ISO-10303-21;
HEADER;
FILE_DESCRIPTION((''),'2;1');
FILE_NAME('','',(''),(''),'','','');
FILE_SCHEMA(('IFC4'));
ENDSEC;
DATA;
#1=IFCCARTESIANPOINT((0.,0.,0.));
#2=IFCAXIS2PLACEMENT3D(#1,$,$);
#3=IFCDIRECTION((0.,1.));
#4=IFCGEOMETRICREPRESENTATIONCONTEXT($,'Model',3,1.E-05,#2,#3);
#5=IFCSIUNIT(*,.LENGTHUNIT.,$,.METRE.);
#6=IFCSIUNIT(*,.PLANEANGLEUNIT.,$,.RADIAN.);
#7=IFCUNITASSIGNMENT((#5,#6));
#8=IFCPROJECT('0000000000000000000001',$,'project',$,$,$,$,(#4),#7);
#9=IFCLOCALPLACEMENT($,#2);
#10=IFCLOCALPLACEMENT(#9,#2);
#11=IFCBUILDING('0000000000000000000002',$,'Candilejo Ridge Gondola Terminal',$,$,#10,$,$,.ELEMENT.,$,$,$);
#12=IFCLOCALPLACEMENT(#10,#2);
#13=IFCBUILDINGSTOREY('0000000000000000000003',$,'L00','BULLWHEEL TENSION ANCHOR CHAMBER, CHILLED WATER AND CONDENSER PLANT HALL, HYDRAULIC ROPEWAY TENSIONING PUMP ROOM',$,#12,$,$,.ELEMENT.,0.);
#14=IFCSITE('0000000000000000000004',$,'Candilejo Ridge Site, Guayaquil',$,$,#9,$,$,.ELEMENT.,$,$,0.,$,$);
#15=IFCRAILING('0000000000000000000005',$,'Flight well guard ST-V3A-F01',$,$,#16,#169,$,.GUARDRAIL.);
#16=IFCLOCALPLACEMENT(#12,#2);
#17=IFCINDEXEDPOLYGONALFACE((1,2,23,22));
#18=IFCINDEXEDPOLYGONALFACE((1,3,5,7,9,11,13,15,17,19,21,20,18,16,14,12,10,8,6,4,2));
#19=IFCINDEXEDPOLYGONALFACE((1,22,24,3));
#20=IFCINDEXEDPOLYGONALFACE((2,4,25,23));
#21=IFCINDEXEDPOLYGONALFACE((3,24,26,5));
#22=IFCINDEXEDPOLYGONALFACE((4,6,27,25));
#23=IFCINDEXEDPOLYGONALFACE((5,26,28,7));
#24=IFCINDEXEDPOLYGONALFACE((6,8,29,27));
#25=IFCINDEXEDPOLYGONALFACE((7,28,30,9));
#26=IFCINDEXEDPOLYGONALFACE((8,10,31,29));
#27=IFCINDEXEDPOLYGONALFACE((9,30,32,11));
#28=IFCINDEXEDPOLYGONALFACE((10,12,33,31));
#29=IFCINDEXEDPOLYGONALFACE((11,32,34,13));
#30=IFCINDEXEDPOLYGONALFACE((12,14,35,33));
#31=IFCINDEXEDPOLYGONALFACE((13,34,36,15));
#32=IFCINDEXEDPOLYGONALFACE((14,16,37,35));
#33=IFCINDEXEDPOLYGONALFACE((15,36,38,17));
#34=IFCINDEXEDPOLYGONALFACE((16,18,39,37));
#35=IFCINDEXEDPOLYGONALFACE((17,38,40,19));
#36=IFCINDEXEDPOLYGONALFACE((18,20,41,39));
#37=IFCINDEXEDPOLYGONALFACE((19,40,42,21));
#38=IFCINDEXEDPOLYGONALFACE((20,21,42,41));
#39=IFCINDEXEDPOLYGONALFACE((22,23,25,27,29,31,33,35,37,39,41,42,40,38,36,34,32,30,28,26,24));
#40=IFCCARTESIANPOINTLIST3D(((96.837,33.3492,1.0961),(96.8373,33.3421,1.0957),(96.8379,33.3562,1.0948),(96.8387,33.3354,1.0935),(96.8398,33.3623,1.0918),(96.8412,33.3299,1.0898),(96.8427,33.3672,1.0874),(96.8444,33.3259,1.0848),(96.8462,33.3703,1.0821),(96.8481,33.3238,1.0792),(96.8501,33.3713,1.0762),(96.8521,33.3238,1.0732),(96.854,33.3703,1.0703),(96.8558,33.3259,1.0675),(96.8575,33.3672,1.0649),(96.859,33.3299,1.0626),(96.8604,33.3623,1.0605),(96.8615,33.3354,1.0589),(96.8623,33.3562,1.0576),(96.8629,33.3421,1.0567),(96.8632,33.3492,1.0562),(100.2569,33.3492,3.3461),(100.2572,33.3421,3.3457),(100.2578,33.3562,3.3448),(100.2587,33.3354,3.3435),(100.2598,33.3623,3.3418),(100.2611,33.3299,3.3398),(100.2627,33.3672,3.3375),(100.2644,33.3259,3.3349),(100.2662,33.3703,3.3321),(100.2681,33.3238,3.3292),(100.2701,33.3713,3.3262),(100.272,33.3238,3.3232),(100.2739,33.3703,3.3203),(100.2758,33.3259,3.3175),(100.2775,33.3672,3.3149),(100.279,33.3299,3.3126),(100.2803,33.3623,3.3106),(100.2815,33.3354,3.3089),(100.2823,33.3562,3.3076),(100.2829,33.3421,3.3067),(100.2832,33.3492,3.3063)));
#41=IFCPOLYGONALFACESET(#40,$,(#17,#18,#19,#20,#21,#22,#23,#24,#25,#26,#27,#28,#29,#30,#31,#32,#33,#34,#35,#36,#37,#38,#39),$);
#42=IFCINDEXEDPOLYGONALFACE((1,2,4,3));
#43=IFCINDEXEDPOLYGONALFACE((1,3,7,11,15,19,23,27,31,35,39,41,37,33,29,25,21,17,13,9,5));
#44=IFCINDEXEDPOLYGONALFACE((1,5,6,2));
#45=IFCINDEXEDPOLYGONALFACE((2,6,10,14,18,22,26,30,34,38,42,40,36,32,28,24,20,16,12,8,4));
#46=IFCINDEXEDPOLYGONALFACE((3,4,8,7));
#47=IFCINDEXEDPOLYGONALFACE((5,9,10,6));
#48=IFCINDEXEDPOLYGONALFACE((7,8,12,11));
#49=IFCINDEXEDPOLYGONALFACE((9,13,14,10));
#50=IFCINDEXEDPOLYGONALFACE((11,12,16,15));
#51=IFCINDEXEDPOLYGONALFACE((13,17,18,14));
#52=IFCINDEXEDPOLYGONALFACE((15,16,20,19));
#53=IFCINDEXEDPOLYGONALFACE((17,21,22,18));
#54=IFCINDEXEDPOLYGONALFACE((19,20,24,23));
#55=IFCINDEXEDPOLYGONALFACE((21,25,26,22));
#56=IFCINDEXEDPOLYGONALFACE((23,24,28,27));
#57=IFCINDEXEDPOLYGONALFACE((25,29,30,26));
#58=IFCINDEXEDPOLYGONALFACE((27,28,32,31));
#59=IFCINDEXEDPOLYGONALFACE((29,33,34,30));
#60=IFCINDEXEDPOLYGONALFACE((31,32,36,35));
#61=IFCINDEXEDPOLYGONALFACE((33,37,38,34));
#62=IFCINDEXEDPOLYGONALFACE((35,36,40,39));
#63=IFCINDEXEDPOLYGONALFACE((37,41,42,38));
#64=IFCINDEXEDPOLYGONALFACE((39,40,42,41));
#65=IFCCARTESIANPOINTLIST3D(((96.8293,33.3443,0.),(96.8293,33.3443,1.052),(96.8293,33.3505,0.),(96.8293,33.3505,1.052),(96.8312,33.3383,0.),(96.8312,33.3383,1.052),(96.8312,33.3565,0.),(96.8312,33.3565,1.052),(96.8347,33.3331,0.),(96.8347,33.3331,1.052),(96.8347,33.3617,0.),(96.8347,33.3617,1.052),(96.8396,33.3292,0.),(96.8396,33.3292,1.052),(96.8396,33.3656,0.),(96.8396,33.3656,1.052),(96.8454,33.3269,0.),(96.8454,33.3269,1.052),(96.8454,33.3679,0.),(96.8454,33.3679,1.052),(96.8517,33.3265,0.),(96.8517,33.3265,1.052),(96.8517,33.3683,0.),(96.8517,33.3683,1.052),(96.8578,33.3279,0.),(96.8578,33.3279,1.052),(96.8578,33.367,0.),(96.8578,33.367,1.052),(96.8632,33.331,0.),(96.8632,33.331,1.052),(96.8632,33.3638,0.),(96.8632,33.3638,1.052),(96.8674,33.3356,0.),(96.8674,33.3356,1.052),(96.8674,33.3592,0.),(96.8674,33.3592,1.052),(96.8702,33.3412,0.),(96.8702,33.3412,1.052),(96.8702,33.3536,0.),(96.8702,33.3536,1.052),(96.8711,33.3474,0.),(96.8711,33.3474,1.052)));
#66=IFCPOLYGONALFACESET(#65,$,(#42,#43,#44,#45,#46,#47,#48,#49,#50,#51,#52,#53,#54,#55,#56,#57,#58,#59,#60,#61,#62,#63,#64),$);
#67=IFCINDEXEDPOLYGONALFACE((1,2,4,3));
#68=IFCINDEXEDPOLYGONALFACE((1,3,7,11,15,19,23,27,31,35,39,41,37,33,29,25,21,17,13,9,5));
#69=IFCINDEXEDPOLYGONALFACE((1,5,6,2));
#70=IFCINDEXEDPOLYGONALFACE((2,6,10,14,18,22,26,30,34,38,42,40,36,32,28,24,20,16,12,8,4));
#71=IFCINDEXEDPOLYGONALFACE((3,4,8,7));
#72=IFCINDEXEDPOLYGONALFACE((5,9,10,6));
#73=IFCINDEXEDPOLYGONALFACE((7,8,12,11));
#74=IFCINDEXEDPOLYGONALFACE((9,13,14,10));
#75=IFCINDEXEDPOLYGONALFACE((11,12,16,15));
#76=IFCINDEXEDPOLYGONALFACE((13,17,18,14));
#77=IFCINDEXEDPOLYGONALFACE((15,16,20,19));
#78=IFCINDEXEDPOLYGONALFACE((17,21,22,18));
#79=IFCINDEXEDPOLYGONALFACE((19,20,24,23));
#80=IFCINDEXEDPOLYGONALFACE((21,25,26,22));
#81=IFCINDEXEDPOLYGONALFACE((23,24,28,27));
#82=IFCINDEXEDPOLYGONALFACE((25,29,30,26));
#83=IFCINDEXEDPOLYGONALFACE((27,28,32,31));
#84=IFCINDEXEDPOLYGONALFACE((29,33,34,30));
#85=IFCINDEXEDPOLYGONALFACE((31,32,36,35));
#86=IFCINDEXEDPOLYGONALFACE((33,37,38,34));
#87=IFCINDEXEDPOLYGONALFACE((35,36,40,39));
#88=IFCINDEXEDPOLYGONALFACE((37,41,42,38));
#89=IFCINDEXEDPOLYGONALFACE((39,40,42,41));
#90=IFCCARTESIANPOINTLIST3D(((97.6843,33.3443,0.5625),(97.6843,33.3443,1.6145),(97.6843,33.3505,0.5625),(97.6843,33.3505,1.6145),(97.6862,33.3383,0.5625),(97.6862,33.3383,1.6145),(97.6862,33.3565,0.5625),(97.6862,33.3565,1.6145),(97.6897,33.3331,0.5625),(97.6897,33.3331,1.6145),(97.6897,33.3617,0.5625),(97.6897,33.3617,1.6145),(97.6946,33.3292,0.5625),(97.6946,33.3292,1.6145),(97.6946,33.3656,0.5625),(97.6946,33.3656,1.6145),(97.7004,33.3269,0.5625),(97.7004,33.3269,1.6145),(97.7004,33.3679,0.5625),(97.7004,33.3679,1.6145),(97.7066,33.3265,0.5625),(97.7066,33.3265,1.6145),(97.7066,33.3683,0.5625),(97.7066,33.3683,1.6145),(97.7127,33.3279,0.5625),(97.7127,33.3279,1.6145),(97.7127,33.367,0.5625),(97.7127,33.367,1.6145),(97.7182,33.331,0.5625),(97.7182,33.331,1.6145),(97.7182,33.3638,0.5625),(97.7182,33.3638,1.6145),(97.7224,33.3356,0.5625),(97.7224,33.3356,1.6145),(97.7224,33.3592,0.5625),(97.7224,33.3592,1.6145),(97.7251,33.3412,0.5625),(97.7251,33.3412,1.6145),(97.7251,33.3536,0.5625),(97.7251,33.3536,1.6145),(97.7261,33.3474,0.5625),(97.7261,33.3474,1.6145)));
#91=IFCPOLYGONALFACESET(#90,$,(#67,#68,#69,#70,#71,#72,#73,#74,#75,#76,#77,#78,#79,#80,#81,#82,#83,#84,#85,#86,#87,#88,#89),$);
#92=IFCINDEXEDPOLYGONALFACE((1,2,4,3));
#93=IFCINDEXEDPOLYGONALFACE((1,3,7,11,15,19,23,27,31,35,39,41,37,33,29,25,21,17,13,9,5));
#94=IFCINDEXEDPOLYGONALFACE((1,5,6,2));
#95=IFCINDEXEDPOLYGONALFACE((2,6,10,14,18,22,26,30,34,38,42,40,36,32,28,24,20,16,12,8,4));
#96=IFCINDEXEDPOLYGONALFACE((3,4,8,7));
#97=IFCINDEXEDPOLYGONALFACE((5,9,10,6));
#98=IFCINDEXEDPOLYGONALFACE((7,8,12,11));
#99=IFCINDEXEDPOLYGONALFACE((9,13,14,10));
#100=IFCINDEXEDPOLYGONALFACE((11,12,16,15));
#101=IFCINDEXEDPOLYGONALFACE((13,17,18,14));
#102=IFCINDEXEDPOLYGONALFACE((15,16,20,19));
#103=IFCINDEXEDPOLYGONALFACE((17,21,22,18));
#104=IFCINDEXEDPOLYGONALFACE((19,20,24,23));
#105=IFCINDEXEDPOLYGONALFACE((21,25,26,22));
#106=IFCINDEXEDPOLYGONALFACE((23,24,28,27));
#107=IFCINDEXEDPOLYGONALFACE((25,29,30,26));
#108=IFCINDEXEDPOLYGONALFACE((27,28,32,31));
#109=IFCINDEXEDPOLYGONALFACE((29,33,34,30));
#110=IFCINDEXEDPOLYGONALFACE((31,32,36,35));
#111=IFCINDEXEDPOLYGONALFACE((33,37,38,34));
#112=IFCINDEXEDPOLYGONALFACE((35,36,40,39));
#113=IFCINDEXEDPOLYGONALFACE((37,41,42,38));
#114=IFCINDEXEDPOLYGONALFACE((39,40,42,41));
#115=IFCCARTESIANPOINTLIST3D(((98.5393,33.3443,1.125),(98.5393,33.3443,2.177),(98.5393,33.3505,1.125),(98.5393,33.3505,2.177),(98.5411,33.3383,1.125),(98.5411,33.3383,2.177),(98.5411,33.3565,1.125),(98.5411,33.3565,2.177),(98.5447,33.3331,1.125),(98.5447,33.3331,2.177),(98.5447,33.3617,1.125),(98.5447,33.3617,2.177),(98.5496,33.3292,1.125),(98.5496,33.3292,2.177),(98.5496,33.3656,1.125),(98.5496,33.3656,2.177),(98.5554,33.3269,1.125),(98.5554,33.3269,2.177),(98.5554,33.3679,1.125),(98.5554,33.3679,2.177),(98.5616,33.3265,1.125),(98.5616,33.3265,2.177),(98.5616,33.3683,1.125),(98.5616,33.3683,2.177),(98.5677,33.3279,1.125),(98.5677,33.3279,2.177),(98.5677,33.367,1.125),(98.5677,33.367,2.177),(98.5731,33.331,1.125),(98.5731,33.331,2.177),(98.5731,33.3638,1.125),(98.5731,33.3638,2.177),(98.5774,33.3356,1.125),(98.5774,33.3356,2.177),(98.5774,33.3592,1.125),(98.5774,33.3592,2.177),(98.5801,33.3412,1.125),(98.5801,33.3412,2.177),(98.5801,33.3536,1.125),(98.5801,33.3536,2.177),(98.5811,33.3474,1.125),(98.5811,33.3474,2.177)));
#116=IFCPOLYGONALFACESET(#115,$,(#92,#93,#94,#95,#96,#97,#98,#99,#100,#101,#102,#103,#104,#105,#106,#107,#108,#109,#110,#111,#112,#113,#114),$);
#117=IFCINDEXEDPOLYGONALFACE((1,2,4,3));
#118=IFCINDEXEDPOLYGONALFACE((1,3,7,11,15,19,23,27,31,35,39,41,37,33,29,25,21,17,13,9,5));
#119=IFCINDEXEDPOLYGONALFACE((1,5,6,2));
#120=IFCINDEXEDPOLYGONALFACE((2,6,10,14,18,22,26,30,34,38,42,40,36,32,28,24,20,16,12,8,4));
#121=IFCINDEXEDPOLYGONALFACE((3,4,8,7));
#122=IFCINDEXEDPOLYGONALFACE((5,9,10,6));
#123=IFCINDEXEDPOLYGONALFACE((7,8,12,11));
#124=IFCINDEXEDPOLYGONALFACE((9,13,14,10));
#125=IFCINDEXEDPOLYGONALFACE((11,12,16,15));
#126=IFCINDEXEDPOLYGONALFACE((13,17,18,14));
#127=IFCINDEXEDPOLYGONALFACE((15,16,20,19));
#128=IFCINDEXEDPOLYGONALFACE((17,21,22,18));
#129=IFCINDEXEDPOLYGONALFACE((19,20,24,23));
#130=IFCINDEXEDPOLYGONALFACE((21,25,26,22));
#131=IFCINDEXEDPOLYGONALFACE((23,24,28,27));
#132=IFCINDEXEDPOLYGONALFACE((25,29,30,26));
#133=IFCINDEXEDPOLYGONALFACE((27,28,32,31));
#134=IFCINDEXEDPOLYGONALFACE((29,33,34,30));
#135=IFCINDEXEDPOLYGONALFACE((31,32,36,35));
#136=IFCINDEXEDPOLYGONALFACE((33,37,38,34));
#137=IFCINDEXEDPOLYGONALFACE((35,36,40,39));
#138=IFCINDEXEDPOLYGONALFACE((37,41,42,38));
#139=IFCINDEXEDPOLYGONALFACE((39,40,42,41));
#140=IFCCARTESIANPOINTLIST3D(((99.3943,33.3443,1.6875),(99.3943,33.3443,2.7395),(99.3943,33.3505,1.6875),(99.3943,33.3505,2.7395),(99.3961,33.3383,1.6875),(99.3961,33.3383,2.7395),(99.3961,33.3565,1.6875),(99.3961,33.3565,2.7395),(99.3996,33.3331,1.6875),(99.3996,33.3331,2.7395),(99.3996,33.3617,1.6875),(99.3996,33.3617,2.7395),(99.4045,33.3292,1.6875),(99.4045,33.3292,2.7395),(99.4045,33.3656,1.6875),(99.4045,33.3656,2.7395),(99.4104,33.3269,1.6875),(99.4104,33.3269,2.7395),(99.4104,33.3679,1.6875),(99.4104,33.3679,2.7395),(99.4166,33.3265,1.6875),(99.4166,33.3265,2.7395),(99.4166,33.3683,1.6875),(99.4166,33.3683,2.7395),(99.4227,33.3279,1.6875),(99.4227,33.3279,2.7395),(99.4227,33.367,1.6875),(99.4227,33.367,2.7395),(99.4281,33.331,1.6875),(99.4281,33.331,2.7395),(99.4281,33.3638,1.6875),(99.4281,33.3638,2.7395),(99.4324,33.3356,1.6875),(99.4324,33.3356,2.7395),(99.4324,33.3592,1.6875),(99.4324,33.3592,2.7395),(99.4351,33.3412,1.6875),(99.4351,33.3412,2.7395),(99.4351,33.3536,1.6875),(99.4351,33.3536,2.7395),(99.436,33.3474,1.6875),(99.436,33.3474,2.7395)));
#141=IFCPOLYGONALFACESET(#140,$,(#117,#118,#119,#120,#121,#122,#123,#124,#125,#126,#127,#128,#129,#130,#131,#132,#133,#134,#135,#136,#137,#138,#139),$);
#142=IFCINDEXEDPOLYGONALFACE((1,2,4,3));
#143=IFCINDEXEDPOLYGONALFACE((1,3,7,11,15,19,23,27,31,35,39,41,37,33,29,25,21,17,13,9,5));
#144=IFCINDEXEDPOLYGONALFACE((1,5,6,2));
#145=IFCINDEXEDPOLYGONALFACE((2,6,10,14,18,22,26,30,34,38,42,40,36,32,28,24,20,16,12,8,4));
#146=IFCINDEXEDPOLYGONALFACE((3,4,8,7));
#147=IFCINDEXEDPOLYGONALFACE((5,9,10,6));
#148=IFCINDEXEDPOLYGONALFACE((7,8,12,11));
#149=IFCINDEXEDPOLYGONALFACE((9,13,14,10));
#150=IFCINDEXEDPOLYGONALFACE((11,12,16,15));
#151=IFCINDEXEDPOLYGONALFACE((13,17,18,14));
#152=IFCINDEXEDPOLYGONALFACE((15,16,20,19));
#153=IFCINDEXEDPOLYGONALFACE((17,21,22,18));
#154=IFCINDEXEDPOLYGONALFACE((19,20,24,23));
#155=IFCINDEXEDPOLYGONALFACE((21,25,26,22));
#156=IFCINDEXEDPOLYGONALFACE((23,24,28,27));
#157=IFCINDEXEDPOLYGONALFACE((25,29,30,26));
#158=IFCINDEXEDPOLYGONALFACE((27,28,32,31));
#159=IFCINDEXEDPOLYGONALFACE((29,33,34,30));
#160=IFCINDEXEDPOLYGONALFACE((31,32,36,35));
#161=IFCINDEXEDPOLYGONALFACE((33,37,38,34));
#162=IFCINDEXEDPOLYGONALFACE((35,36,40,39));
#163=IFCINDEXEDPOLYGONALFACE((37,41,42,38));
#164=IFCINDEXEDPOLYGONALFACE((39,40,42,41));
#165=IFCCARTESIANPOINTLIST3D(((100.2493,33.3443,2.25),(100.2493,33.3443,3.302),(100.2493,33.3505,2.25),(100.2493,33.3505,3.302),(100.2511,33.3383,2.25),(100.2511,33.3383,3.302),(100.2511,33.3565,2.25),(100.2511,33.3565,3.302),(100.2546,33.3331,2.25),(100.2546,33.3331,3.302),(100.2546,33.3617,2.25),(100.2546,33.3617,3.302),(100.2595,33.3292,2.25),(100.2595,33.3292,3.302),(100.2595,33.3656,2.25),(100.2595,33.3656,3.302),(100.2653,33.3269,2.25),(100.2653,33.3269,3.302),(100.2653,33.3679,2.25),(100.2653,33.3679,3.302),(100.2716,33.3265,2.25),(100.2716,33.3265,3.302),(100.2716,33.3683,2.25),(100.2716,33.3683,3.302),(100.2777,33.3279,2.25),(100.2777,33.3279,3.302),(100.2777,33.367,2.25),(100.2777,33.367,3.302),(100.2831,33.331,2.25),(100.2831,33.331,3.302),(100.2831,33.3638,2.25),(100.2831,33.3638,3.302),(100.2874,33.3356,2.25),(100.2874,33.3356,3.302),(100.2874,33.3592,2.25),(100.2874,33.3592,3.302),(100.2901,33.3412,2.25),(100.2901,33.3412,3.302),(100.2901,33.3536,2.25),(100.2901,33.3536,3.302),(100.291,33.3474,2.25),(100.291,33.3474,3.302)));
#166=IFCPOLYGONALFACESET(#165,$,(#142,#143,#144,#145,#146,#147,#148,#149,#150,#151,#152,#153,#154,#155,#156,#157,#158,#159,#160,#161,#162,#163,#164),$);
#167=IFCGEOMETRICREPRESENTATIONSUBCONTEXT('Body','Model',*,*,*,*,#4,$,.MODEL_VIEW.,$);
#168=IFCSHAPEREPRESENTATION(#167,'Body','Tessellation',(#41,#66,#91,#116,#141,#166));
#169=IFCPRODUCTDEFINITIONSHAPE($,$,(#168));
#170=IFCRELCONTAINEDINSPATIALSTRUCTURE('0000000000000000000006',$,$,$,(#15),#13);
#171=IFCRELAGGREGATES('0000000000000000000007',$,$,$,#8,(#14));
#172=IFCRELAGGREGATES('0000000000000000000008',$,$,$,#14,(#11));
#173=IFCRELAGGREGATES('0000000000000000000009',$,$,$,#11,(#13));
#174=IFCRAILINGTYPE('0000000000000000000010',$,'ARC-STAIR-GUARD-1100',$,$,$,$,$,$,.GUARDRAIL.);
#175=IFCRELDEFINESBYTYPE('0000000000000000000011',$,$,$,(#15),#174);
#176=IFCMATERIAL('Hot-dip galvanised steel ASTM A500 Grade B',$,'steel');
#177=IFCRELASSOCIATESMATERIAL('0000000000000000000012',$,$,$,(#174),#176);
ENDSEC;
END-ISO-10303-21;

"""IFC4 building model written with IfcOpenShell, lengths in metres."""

from ifc_helpers import new_model, si_unit, direction, frame, origin, origin_2d, place, context, subcontext, project, spatial, circle, extrude, material, type_object, element, save


model = new_model("IFC4")

# Units and contexts
model_context = context("Model", 3, precision=1e-05, world=origin(), true_north=direction((0.0, 1.0)))
body_context = subcontext(model_context, "Body", "Model", "MODEL_VIEW")
ifc_project = project(units=[si_unit("LENGTHUNIT", "METRE"), si_unit("PLANEANGLEUNIT", "RADIAN")], contexts=[model_context])

# Site, building, storey
site_placement = place(None, origin())
site = spatial("IfcSite", under=ifc_project, at=site_placement, Name="Candilejo Ridge Site, Guayaquil", CompositionType="ELEMENT", RefElevation=0.0)
building_placement = place(site_placement, origin())
building = spatial("IfcBuilding", under=site, at=building_placement, Name="Candilejo Ridge Gondola Terminal", CompositionType="ELEMENT")
storey_placement = place(building_placement, origin())
storey = spatial("IfcBuildingStorey", under=building, at=storey_placement, Name="L00", Description="BULLWHEEL TENSION ANCHOR CHAMBER, CHILLED WATER AND CONDENSER PLANT HALL, HYDRAULIC ROPEWAY TENSIONING PUMP ROOM", CompositionType="ELEMENT", Elevation=0.0)

# Railing
ifc_material_1 = material(Name="Hot-dip galvanised steel ASTM A500 Grade B", Category="steel")
railing_type_1 = type_object("IfcRailingType", Name="ARC-STAIR-GUARD-1100", PredefinedType="GUARDRAIL", material=ifc_material_1)
railing_1_placement = place(storey_placement, frame((96.8501, 33.3474, 0.0)))
element("IfcRailing", 1, at=railing_1_placement, inside=storey, type_object=railing_type_1, Name="Flight well guard ST-V3A-F01", PredefinedType="GUARDRAIL", context=body_context, shape_type="SweptSolid", body=[
    extrude(circle(Radius=0.0239, at=origin_2d()), frame((0.0, 0.0, 1.0762), z_axis=(0.835411, 0.0, 0.549625), x_axis=(0.0, 1.0, 0.0)), (0.0, 0.0, 1.0), 4.0938),
    extrude(circle(Radius=0.021, at=origin_2d()), origin(), (0.0, 0.0, 1.0), 1.052),
    extrude(circle(Radius=0.021, at=origin_2d()), frame((0.855, 0.0, 0.5625)), (0.0, 0.0, 1.0), 1.052),
    extrude(circle(Radius=0.021, at=origin_2d()), frame((1.71, 0.0, 1.125)), (0.0, 0.0, 1.0), 1.052),
    extrude(circle(Radius=0.021, at=origin_2d()), frame((2.5649, 0.0, 1.6875)), (0.0, 0.0, 1.0), 1.052),
    extrude(circle(Radius=0.021, at=origin_2d()), frame((3.4199, 0.0, 2.25)), (0.0, 0.0, 1.0), 1.052),
])

save(model, "model.ifc")
